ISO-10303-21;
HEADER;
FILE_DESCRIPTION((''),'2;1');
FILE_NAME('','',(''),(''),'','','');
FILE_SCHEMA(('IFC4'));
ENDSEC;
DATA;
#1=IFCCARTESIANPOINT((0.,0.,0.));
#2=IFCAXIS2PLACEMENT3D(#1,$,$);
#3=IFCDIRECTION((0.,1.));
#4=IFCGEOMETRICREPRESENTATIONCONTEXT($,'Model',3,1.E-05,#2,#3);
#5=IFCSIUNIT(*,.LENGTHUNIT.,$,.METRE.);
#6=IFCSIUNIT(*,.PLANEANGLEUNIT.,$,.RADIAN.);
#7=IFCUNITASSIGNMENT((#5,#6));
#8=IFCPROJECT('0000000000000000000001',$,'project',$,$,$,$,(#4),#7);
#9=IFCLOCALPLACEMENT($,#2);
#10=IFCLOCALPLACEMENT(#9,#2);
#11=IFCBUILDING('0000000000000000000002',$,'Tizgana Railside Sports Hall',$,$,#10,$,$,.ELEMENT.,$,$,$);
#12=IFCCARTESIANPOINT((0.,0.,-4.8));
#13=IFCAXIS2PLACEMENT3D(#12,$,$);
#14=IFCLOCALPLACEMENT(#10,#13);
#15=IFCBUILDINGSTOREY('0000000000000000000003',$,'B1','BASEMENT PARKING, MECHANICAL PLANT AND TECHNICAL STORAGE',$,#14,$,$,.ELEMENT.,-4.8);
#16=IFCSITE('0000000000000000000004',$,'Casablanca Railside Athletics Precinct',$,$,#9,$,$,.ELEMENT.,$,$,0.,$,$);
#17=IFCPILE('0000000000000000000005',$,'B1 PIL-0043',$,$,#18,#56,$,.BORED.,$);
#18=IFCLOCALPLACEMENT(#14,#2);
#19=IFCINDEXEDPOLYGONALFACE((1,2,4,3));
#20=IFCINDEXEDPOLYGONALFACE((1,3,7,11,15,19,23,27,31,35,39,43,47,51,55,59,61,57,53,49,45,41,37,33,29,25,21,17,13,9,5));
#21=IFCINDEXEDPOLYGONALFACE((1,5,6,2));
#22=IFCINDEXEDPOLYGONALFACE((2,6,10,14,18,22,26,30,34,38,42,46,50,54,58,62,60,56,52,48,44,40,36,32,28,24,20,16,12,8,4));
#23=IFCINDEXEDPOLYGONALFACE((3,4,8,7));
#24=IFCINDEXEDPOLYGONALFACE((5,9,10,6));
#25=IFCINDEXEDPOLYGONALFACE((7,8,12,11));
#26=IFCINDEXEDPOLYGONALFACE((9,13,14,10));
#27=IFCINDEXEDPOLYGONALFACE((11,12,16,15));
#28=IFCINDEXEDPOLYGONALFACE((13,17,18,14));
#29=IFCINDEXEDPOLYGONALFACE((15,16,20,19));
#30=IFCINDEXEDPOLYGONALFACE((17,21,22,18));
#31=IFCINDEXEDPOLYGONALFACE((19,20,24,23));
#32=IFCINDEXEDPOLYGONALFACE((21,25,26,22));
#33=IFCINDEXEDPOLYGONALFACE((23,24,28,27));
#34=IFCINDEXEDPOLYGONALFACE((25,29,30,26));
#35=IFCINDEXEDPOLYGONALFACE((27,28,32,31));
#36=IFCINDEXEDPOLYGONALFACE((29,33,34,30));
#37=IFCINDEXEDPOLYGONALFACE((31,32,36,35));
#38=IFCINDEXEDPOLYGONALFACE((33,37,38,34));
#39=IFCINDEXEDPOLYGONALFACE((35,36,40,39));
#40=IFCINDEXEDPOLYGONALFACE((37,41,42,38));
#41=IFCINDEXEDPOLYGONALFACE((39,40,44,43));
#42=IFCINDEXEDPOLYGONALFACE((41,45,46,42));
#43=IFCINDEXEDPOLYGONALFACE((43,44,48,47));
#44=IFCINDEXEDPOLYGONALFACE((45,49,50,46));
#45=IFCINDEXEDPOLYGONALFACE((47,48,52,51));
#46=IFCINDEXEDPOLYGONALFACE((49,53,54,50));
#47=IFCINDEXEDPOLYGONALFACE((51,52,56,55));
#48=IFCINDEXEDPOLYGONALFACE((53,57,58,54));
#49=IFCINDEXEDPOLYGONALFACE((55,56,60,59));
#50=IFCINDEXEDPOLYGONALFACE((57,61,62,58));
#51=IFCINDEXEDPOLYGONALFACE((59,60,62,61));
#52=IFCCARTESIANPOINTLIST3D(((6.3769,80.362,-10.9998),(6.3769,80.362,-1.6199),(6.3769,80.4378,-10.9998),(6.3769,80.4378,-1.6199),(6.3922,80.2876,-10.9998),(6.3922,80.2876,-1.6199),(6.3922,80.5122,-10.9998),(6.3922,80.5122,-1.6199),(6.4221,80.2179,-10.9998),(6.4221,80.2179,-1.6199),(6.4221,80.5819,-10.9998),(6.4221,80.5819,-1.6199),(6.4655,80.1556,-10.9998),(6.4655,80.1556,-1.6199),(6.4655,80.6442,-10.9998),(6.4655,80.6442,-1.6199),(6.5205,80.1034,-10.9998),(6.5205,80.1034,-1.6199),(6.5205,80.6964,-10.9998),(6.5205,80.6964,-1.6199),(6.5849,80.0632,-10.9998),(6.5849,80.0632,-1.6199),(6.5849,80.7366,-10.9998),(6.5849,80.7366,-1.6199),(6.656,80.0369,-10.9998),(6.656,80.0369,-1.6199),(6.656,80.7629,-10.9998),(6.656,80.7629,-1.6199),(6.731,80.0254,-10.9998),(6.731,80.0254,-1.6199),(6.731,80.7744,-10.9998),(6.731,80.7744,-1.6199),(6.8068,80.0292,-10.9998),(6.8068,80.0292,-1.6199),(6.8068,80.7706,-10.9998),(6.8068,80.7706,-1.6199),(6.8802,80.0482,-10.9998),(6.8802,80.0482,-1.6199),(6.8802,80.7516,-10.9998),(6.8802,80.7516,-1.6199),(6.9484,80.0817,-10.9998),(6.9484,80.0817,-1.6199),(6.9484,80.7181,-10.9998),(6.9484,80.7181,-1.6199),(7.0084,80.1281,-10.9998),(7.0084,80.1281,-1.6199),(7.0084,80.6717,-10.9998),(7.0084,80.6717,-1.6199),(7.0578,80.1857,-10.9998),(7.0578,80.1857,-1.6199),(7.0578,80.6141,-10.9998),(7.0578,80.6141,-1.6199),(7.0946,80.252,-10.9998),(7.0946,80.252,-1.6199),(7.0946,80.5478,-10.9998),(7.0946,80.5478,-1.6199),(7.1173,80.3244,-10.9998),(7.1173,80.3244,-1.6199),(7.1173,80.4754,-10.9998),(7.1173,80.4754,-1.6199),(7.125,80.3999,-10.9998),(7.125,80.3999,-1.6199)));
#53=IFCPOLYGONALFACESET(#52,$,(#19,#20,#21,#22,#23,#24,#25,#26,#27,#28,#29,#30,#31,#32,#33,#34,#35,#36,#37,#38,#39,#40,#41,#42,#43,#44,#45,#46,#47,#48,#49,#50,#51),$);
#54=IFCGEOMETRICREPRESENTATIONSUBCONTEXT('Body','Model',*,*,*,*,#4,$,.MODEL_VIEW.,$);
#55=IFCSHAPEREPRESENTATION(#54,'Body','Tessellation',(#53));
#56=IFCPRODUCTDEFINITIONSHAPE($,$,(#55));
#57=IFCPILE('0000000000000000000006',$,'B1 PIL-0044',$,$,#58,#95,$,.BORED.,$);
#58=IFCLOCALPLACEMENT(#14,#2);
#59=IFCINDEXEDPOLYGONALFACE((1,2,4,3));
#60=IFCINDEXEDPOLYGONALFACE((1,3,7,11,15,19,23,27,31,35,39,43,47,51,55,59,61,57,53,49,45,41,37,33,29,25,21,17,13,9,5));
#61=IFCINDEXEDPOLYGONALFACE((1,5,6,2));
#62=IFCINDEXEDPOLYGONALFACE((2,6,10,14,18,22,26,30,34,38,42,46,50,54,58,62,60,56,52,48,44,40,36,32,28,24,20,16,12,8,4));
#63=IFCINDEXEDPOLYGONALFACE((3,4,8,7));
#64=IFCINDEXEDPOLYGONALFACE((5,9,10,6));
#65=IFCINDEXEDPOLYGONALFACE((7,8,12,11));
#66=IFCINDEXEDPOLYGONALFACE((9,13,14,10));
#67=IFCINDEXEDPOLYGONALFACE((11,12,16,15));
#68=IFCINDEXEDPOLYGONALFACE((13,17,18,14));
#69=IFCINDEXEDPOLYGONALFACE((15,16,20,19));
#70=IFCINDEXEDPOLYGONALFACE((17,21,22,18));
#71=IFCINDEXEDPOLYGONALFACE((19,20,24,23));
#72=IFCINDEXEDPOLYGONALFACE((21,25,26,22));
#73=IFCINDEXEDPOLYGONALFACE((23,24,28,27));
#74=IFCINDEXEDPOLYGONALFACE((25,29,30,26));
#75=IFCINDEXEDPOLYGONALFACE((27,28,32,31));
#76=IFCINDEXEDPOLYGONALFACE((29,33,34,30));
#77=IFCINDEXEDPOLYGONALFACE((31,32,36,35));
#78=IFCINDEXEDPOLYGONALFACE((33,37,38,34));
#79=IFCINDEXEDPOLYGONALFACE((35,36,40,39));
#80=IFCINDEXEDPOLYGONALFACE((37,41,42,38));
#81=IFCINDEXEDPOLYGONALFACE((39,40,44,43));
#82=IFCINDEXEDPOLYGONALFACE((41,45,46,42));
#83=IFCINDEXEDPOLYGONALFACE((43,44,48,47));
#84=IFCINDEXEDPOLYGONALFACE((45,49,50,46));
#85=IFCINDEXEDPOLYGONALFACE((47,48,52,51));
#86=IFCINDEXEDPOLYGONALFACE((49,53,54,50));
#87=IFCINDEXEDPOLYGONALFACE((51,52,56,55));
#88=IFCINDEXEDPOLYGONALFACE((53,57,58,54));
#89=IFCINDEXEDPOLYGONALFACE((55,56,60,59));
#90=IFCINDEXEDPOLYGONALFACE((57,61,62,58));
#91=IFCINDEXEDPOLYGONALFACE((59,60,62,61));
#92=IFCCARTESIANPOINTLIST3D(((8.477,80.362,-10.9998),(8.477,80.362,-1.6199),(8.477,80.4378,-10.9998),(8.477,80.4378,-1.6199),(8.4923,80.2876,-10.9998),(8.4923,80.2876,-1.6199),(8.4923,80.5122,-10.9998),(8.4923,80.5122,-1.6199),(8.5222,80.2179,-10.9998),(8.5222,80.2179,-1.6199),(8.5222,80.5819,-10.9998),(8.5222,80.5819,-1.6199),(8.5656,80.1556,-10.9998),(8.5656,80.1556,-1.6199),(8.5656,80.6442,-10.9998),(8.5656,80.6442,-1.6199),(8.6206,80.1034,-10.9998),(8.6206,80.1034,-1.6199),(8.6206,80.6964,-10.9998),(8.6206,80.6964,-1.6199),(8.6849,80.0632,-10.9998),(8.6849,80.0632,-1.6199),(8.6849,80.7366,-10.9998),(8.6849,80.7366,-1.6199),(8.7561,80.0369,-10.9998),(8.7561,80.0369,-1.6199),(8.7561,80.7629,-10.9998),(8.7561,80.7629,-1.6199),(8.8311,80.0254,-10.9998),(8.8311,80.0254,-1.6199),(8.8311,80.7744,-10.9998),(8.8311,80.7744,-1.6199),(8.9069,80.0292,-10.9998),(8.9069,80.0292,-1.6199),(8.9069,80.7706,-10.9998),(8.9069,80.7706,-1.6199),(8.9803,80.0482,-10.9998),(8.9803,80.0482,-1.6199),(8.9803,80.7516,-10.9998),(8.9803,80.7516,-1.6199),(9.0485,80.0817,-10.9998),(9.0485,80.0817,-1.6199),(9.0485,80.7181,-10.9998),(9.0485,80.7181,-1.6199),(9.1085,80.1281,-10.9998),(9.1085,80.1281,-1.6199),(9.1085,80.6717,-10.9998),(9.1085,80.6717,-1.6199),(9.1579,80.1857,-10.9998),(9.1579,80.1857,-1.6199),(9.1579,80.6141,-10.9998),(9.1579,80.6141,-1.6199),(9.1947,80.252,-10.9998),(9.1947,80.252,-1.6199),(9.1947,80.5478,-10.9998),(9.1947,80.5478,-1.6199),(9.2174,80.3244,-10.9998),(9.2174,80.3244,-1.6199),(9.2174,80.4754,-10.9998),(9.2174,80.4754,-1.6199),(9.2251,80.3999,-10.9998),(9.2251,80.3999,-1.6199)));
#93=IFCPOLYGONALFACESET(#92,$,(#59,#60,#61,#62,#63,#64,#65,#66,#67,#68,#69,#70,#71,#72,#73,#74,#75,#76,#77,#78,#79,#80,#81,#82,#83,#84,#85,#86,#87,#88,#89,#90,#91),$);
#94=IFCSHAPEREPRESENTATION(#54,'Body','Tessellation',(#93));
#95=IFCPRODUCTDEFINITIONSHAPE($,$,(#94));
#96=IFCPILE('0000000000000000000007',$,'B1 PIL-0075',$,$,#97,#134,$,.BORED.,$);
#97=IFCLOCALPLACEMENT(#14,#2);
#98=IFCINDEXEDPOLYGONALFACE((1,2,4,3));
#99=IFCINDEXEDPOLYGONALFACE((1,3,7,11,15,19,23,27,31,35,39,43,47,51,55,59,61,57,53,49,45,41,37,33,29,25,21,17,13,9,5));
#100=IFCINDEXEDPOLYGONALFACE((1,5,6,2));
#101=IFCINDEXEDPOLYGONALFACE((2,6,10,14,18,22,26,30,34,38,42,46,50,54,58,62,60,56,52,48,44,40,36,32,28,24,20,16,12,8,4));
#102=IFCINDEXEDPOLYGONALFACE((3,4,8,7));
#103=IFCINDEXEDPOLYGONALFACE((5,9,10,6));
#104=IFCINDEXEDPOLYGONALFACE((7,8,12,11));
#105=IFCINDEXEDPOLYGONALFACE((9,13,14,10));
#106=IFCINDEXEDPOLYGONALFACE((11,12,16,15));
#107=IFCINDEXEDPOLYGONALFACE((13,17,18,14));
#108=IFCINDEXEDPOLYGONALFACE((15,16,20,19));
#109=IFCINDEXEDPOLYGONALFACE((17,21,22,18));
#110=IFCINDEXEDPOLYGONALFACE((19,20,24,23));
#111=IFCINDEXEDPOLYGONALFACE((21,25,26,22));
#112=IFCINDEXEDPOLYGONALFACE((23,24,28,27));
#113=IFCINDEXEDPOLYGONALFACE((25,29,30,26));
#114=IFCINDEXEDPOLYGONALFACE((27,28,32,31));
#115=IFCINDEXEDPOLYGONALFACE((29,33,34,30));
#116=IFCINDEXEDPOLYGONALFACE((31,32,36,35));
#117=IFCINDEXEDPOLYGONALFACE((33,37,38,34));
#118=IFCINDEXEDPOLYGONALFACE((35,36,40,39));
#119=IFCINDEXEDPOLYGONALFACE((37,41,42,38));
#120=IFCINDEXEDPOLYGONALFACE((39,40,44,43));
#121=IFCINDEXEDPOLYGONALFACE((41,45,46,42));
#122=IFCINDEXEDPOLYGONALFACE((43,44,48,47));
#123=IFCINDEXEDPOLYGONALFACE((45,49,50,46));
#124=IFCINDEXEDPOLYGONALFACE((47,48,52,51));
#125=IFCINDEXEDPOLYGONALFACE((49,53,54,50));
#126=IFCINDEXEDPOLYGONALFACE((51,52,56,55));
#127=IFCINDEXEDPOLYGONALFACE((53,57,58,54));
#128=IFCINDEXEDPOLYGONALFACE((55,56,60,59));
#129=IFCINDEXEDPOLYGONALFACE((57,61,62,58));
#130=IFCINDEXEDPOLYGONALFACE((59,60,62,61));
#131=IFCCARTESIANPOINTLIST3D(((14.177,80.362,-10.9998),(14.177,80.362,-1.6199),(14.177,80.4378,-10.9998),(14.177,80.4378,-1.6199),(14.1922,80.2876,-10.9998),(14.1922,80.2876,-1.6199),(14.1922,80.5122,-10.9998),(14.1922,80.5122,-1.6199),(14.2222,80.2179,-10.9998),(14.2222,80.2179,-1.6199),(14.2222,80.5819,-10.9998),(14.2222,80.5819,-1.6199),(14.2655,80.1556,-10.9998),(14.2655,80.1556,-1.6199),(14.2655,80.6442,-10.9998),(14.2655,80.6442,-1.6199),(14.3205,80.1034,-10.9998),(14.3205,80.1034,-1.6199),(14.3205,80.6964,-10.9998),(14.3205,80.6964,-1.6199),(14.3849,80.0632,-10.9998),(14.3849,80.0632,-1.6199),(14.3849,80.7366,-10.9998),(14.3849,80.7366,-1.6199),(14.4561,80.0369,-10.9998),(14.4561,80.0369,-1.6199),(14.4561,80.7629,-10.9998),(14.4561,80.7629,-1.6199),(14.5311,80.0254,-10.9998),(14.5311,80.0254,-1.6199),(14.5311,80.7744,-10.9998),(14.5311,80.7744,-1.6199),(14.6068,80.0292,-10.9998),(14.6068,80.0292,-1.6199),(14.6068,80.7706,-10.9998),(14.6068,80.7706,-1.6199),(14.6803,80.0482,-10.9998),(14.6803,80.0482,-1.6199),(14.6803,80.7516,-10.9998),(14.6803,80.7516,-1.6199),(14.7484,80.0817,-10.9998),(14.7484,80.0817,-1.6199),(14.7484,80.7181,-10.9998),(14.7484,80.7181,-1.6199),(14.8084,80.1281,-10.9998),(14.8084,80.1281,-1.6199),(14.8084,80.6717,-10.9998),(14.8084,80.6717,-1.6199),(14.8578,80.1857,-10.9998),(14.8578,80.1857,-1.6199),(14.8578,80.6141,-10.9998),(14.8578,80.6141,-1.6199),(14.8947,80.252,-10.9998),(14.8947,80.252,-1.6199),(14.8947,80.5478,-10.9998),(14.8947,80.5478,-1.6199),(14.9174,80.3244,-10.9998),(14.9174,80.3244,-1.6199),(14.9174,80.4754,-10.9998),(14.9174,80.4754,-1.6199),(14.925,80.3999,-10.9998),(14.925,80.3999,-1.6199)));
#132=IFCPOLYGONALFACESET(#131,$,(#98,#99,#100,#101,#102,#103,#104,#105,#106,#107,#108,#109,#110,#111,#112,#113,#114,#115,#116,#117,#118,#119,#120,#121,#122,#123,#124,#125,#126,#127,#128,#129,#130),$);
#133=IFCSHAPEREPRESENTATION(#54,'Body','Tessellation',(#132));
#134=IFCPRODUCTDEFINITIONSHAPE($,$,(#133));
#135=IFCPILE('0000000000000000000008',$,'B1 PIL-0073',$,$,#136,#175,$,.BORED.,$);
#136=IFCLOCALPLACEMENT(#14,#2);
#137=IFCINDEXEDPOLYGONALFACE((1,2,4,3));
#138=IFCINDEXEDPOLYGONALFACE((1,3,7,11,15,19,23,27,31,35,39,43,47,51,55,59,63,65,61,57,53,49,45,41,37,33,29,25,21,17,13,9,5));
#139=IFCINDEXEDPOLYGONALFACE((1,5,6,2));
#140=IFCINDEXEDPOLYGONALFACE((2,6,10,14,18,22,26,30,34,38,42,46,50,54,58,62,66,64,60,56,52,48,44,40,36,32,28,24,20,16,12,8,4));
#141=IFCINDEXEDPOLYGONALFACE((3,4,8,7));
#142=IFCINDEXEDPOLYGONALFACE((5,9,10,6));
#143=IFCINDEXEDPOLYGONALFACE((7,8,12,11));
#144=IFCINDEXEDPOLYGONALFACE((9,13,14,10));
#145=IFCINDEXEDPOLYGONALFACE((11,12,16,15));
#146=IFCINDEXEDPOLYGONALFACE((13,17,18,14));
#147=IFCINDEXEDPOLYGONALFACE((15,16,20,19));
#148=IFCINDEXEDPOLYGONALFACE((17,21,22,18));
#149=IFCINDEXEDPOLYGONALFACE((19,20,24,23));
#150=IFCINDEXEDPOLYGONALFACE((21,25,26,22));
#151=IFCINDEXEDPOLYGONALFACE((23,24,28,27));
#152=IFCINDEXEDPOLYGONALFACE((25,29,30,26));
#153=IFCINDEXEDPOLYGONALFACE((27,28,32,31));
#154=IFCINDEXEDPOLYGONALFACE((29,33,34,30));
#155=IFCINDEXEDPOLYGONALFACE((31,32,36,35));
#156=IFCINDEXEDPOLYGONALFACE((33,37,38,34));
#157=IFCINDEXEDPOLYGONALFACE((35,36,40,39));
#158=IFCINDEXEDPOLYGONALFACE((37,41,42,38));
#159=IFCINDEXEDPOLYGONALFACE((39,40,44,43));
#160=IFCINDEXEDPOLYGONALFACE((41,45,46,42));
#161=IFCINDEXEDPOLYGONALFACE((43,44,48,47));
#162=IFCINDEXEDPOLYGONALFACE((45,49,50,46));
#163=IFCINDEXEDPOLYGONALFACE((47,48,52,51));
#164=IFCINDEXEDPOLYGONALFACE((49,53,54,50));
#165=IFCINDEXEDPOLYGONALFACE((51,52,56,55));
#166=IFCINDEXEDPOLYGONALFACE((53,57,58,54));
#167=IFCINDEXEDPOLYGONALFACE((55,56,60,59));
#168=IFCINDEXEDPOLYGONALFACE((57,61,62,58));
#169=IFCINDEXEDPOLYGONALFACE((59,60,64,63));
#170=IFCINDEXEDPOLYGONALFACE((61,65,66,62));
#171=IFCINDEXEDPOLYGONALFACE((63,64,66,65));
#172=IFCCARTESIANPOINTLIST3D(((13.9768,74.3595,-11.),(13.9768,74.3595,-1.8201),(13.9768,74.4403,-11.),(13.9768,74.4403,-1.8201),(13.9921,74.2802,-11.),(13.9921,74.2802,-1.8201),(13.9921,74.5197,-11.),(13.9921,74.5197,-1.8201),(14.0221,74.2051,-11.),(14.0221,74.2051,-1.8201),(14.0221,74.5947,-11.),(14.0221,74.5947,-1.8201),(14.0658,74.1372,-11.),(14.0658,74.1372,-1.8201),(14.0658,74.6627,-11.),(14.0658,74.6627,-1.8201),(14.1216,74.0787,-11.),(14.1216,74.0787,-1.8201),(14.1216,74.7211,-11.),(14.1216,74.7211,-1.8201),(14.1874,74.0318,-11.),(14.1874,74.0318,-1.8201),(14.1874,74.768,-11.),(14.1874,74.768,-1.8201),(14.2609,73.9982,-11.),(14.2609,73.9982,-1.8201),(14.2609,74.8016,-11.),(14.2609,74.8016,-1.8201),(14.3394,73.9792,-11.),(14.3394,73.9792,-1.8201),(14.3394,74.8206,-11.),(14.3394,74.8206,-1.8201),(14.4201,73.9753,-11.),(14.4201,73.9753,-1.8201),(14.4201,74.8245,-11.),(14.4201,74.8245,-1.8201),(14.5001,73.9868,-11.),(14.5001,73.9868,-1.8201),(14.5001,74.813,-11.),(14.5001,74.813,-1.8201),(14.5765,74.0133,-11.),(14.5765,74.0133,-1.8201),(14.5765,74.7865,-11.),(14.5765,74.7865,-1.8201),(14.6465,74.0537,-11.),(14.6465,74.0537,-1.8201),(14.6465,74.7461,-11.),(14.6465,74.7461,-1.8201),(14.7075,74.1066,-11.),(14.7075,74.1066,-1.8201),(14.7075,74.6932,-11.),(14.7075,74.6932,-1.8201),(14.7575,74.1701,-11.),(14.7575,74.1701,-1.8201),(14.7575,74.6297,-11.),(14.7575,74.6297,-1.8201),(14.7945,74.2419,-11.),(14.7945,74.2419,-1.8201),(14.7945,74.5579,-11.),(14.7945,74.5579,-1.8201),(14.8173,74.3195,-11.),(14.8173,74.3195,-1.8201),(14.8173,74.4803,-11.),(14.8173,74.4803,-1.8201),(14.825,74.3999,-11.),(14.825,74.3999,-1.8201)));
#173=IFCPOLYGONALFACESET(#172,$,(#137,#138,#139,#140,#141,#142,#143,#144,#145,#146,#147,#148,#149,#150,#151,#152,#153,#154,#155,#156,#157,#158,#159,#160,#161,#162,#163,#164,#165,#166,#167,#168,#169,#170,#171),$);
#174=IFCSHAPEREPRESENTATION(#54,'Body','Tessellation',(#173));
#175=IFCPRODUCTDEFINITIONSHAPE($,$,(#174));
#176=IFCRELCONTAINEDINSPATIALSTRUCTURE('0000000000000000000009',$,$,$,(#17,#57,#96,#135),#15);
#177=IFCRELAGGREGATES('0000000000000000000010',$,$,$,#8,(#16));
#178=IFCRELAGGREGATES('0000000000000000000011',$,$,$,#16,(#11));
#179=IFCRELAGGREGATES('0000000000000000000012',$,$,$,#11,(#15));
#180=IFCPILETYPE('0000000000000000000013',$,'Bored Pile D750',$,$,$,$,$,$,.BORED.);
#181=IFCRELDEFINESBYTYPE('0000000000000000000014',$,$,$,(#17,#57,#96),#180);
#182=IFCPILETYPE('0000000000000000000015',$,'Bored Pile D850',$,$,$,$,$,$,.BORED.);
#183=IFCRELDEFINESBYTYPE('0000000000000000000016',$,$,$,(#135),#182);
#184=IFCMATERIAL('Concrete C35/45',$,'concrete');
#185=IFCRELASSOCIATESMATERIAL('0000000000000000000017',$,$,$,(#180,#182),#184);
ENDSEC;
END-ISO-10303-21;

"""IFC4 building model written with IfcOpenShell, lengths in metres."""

from ifc_helpers import new_model, si_unit, direction, frame, origin, origin_2d, place, context, subcontext, project, spatial, circle, extrude, material, material_profile, profile_set, type_object, element, save


model = new_model("IFC4")

# Units and contexts
model_context = context("Model", 3, precision=1e-05, world=origin(), true_north=direction((0.0, 1.0)))
body_context = subcontext(model_context, "Body", "Model", "MODEL_VIEW")
ifc_project = project(units=[si_unit("LENGTHUNIT", "METRE"), si_unit("PLANEANGLEUNIT", "RADIAN")], contexts=[model_context])

# Site, building, storey
site_placement = place(None, origin())
site = spatial("IfcSite", under=ifc_project, at=site_placement, Name="Casablanca Railside Athletics Precinct", CompositionType="ELEMENT", RefElevation=0.0)
building_placement = place(site_placement, origin())
building = spatial("IfcBuilding", under=site, at=building_placement, Name="Tizgana Railside Sports Hall", CompositionType="ELEMENT")
storey_placement = place(building_placement, frame((0.0, 0.0, -4.8)))
storey = spatial("IfcBuildingStorey", under=building, at=storey_placement, Name="B1", Description="BASEMENT PARKING, MECHANICAL PLANT AND TECHNICAL STORAGE", CompositionType="ELEMENT", Elevation=-4.8)

# Piles
ifc_material_1 = material(Name="Concrete C35/45", Category="concrete")
ifc_material_profile_1 = material_profile(ifc_material_1, circle(Radius=0.375, at=origin_2d()), Name="PILE D750")
ifc_profile_set_1 = profile_set([ifc_material_profile_1], Name="Concrete C35/45")
pile_type_1 = type_object("IfcPileType", Name="Bored Pile D750", PredefinedType="BORED", material=ifc_profile_set_1)
for number, where, z_axis, x_axis, name in (
    (1, (6.75, 80.3999, -1.6199), (0.0, 0.0, -1.0), (1.0, 0.0, 0.0), "B1 PIL-0043"),
    (2, (8.8501, 80.3999, -1.6199), (0.0, 0.0, -1.0), (1.0, 0.0, 0.0), "B1 PIL-0044"),
    (3, (14.55, 80.3999, -1.6199), (0.0, 0.0, -1.0), (1.0, 0.0, 0.0), "B1 PIL-0075"),
):
    element("IfcPile", number, at=place(storey_placement, frame(where, z_axis=z_axis, x_axis=x_axis)), inside=storey, type_object=pile_type_1, Name=name, PredefinedType="BORED", context=body_context, shape_type="SweptSolid", body=[
        extrude(circle(Radius=0.375, at=origin_2d()), origin(), (0.0, 0.0, 1.0), 9.3799),
    ])
ifc_material_profile_2 = material_profile(ifc_material_1, circle(Radius=0.425, at=origin_2d()), Name="PILE D850")
ifc_profile_set_2 = profile_set([ifc_material_profile_2], Name="Concrete C35/45")
pile_type_2 = type_object("IfcPileType", Name="Bored Pile D850", PredefinedType="BORED", material=ifc_profile_set_2)
pile_placement = place(storey_placement, frame((14.3999, 74.3999, -1.8201), z_axis=(0.0, 0.0, -1.0), x_axis=(1.0, 0.0, 0.0)))
element("IfcPile", 4, at=pile_placement, inside=storey, type_object=pile_type_2, Name="B1 PIL-0073", PredefinedType="BORED", context=body_context, shape_type="SweptSolid", body=[
    extrude(circle(Radius=0.425, at=origin_2d()), origin(), (0.0, 0.0, 1.0), 9.1799),
])

save(model, "model.ifc")
